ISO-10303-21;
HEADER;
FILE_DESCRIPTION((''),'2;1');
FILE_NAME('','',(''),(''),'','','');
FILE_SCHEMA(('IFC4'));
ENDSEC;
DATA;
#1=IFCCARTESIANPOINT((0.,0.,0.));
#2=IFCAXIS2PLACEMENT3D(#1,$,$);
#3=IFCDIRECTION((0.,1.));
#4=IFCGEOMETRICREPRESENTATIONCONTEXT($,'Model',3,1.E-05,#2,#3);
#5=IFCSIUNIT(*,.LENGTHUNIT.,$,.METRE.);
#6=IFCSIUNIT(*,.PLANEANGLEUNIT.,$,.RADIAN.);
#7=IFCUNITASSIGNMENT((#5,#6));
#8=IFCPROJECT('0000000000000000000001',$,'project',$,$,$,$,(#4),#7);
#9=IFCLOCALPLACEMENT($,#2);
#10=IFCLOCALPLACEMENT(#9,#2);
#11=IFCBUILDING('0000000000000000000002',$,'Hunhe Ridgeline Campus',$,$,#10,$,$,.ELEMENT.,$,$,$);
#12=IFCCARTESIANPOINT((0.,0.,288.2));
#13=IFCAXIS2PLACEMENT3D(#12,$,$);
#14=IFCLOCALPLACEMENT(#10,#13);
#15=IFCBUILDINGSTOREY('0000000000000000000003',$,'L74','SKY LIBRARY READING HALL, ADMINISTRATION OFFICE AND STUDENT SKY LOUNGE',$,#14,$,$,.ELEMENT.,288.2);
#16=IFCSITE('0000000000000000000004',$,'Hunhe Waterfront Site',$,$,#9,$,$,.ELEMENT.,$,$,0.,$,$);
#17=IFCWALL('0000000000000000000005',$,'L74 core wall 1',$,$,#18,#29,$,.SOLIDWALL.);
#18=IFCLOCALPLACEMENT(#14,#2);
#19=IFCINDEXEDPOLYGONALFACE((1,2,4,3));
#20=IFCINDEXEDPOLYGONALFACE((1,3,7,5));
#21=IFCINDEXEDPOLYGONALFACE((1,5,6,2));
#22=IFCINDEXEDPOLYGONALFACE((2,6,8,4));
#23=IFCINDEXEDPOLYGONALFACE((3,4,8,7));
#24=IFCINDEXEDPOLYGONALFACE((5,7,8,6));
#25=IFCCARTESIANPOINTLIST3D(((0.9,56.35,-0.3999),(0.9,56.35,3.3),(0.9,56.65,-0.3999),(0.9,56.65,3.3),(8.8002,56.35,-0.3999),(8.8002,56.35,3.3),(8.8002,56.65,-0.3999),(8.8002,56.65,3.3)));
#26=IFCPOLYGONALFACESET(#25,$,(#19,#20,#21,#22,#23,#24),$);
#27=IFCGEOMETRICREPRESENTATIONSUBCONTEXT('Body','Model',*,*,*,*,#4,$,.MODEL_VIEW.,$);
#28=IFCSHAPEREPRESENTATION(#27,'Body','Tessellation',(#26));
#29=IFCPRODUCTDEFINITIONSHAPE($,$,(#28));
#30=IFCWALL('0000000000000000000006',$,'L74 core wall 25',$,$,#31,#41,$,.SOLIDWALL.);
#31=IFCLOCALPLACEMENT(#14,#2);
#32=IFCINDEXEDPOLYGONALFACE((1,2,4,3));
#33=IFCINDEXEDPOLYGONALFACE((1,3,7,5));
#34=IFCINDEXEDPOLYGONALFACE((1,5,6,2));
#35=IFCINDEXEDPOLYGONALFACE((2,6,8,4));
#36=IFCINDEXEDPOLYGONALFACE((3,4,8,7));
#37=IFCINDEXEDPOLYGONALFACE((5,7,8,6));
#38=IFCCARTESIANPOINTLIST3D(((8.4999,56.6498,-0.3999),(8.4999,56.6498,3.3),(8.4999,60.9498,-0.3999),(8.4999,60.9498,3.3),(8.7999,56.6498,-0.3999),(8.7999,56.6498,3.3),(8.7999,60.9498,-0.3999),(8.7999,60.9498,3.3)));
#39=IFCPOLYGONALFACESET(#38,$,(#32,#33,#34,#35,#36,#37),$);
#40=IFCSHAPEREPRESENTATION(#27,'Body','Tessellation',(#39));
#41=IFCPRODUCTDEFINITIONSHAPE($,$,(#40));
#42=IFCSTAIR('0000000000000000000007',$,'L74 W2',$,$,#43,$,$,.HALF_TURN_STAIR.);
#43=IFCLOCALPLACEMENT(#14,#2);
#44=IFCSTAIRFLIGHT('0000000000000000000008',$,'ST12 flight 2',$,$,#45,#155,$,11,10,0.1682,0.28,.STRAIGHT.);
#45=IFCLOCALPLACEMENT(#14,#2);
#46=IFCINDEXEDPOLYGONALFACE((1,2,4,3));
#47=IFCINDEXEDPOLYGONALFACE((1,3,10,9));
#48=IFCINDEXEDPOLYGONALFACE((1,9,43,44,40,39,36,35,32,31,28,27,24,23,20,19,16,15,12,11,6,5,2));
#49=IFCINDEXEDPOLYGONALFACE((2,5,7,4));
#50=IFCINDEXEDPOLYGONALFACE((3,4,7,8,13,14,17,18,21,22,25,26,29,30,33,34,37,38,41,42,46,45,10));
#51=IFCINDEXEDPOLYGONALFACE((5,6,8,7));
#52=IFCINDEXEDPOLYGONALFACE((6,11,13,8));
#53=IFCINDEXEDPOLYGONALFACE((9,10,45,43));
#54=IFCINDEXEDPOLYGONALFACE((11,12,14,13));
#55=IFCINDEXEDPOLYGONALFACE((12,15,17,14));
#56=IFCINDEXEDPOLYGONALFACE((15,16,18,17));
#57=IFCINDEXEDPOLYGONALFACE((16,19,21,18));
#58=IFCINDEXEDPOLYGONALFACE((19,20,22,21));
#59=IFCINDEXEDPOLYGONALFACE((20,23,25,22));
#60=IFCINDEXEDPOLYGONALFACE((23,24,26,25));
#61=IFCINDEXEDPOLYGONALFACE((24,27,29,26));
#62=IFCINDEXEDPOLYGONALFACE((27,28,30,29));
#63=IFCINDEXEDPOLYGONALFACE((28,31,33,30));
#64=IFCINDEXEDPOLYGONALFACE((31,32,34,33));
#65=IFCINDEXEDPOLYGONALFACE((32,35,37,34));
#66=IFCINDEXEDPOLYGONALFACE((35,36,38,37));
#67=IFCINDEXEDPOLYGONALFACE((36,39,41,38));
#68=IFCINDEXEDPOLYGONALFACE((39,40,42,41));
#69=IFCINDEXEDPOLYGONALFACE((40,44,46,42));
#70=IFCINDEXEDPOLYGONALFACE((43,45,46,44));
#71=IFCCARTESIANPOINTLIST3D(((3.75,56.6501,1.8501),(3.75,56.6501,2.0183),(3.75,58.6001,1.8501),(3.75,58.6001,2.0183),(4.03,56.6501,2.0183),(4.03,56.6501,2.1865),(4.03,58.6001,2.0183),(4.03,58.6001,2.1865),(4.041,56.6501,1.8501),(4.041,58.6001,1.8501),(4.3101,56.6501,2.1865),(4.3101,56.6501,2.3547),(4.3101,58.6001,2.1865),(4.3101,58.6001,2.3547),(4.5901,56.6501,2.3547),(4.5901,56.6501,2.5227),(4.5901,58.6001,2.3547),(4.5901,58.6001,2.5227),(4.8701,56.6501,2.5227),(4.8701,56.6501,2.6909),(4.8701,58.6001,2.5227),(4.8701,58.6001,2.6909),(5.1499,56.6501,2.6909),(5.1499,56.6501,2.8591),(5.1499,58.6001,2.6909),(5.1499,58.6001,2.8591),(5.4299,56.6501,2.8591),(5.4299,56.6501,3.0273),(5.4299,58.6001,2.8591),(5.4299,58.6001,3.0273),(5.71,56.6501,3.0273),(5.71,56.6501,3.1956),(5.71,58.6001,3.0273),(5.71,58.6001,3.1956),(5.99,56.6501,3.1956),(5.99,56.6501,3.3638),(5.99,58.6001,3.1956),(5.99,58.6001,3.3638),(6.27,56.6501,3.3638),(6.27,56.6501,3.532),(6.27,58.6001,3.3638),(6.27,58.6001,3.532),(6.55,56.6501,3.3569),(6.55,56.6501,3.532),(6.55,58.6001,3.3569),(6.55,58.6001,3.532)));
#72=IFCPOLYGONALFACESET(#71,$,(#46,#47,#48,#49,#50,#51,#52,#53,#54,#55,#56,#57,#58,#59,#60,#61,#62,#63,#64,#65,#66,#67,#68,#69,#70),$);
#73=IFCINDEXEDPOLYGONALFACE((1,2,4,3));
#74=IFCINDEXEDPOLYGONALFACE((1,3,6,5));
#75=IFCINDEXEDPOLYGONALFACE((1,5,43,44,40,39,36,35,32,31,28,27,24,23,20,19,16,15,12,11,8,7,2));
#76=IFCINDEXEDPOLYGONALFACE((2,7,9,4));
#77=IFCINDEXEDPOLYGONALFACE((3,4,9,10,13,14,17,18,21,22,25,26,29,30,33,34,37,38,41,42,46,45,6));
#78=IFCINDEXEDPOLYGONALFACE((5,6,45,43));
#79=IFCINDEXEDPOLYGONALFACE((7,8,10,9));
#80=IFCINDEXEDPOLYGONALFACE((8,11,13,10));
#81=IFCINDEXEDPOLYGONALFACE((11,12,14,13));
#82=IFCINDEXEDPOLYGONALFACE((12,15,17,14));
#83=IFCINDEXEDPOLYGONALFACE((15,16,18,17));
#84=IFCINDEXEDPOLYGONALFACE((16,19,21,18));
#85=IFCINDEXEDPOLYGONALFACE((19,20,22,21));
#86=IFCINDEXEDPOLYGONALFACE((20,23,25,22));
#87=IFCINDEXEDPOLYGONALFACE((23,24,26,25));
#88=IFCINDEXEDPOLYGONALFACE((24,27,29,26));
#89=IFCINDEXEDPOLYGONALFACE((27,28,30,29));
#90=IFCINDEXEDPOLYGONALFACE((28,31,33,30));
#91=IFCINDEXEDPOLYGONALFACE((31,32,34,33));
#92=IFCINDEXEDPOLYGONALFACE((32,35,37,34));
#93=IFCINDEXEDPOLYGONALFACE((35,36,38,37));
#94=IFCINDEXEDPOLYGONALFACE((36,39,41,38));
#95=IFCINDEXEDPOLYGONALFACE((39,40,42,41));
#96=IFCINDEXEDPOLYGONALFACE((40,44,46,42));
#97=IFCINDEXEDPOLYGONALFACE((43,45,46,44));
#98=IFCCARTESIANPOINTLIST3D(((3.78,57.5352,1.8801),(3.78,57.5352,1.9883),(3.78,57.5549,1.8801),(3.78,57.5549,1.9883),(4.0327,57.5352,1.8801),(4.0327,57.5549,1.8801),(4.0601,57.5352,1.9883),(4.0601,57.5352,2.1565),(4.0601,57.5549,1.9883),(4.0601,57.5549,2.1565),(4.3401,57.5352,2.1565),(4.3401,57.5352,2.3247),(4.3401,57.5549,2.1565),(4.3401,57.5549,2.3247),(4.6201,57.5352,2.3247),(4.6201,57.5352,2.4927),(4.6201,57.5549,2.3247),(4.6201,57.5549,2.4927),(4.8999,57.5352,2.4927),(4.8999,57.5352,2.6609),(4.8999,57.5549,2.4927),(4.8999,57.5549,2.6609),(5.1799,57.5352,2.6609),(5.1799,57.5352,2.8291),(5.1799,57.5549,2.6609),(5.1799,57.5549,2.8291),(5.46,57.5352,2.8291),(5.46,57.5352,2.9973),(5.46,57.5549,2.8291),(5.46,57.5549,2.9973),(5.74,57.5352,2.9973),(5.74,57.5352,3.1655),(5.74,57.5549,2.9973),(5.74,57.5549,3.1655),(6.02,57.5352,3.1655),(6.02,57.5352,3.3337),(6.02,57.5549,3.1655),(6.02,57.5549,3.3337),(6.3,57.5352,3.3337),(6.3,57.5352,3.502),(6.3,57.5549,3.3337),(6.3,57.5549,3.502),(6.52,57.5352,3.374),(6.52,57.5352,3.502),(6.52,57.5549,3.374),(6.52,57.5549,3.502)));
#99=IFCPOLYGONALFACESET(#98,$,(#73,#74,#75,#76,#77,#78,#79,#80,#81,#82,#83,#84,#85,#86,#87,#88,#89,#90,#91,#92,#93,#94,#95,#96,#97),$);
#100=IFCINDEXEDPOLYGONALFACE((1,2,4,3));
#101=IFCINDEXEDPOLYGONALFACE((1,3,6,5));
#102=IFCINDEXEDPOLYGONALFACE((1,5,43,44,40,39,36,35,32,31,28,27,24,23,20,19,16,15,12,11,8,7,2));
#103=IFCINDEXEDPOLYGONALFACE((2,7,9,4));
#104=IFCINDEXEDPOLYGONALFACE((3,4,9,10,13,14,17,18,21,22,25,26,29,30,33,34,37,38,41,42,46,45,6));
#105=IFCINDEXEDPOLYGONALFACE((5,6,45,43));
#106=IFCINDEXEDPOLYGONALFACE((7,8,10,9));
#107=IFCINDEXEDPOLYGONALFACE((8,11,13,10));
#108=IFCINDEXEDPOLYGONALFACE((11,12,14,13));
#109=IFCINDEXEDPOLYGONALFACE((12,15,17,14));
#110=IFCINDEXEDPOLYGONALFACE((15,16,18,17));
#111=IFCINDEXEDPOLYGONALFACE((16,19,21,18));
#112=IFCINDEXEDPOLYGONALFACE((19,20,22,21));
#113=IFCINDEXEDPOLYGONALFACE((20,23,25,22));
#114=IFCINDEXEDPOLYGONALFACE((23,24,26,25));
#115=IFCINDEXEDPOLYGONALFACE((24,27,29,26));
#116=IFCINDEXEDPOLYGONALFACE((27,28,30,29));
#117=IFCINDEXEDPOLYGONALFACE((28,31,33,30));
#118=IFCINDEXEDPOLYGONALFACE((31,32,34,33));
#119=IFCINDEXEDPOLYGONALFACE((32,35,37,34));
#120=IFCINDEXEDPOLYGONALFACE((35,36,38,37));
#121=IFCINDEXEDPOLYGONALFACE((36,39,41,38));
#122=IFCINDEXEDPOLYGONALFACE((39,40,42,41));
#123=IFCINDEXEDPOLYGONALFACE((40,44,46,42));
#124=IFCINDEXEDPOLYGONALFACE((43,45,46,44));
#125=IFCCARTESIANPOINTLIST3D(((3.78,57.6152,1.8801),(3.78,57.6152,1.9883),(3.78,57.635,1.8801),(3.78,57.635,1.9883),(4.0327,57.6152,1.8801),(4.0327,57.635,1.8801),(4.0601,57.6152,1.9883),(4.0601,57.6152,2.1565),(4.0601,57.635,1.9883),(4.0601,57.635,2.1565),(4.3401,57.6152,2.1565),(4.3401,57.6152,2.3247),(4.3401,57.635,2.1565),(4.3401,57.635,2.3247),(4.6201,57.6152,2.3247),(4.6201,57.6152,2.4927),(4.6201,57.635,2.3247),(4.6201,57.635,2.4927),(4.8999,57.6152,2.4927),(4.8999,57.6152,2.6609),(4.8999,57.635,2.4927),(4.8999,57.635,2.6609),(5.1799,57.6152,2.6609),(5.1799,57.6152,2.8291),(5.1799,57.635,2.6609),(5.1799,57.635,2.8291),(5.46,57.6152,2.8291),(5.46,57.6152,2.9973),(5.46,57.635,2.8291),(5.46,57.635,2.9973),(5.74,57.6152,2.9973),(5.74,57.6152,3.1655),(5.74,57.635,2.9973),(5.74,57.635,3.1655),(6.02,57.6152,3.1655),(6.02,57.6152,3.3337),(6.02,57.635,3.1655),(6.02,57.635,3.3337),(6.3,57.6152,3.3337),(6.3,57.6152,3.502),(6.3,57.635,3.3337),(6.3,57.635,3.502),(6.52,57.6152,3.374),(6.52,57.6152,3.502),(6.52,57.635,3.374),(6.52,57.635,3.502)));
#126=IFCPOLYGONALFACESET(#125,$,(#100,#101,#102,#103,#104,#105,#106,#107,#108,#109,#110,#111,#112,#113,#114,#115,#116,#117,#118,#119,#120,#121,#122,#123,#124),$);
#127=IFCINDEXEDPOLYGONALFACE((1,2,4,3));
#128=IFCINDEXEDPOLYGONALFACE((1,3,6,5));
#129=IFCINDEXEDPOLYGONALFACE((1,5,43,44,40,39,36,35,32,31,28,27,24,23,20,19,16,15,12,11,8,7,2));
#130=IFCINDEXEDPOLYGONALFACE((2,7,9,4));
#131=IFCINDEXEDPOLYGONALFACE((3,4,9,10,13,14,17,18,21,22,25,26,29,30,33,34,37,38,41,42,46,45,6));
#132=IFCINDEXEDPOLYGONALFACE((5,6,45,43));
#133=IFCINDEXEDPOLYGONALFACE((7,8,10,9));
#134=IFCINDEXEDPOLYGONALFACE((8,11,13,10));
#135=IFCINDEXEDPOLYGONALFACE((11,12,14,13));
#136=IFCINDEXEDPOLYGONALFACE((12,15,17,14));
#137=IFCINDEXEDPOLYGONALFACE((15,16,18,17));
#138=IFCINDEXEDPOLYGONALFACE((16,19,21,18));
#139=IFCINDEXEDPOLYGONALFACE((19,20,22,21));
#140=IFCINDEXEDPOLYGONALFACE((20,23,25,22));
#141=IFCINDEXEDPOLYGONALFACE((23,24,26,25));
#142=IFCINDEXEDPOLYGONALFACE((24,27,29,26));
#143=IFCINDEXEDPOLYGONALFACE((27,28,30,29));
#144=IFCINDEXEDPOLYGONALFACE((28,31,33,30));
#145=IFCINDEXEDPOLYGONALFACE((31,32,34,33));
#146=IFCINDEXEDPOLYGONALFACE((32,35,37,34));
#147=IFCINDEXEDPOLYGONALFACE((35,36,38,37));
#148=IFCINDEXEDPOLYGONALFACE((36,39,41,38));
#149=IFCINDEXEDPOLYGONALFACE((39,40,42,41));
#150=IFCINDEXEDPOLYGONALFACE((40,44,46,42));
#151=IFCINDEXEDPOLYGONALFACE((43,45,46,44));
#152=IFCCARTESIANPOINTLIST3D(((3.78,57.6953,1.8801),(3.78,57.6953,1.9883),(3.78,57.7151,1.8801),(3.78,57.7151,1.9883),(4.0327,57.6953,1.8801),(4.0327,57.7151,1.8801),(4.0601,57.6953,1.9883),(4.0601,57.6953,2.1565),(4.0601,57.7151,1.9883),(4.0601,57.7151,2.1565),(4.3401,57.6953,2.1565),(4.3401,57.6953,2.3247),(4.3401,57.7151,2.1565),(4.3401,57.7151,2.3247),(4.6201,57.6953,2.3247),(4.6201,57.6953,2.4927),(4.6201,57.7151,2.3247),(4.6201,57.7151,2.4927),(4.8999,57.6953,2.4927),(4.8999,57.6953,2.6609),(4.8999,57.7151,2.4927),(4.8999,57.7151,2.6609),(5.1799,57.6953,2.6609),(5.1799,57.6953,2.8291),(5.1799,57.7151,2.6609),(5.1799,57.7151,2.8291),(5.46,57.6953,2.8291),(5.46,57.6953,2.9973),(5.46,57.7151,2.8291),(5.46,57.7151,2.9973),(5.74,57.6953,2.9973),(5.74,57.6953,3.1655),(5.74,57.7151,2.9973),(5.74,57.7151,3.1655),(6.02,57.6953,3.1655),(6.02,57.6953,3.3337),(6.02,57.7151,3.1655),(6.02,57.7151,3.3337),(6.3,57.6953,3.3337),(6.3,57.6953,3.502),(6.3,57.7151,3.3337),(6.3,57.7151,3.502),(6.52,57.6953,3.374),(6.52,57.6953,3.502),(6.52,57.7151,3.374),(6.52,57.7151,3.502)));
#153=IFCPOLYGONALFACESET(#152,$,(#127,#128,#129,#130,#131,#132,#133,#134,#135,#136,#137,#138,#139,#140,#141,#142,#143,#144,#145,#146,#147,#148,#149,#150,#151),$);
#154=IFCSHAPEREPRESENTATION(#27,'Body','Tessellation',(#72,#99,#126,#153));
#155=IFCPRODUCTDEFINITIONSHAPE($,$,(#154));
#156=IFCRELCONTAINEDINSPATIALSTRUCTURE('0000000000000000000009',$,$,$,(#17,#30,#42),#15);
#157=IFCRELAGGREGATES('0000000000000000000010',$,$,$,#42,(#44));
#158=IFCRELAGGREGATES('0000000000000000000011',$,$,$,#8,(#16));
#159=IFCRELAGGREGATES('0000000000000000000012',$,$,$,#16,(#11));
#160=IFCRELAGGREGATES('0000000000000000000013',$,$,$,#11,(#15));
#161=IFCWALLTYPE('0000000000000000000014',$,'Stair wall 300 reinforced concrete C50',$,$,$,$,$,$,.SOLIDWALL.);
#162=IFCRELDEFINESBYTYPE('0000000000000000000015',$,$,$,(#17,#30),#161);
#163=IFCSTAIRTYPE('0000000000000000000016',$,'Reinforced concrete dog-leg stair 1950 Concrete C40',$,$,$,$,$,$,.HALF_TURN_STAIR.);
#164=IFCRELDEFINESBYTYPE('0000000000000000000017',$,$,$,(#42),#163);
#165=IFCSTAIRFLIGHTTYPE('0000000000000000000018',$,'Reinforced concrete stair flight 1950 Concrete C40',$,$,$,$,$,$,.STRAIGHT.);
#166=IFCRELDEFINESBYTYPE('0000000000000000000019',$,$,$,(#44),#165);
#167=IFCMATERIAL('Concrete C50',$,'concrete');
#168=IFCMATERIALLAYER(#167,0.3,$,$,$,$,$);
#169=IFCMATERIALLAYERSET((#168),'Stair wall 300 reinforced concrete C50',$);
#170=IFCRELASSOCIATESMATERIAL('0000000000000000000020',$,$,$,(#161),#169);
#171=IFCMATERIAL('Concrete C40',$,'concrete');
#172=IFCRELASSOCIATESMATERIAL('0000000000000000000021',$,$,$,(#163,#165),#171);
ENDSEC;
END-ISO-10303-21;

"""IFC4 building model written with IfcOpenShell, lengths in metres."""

from ifc_helpers import new_model, si_unit, direction, frame, frame_2d, origin, place, context, subcontext, project, spatial, polyline, rectangle, outline, extrude, material, layer, layer_set, type_object, element, aggregate, save


model = new_model("IFC4")

# Units and contexts
model_context = context("Model", 3, precision=1e-05, world=origin(), true_north=direction((0.0, 1.0)))
body_context = subcontext(model_context, "Body", "Model", "MODEL_VIEW")
ifc_project = project(units=[si_unit("LENGTHUNIT", "METRE"), si_unit("PLANEANGLEUNIT", "RADIAN")], contexts=[model_context])

# Site, building, storey
site_placement = place(None, origin())
site = spatial("IfcSite", under=ifc_project, at=site_placement, Name="Hunhe Waterfront Site", CompositionType="ELEMENT", RefElevation=0.0)
building_placement = place(site_placement, origin())
building = spatial("IfcBuilding", under=site, at=building_placement, Name="Hunhe Ridgeline Campus", CompositionType="ELEMENT")
storey_placement = place(building_placement, frame((0.0, 0.0, 288.2)))
storey = spatial("IfcBuildingStorey", under=building, at=storey_placement, Name="L74", Description="SKY LIBRARY READING HALL, ADMINISTRATION OFFICE AND STUDENT SKY LOUNGE", CompositionType="ELEMENT", Elevation=288.2)

# Shared definitions
ifc_material_1 = material(Name="Concrete C50", Category="concrete")

# Walls
ifc_layer_1 = layer(ifc_material_1, 0.3)
ifc_layer_set_1 = layer_set([ifc_layer_1], Name="Stair wall 300 reinforced concrete C50")
wall_type_1 = type_object("IfcWallType", Name="Stair wall 300 reinforced concrete C50", PredefinedType="SOLIDWALL", material=ifc_layer_set_1)
wall_1_placement = place(storey_placement, frame((0.8999, 56.5, -0.3999), z_axis=(0.0, 0.0, 1.0), x_axis=(1.0, 0.0, 0.0)))
element("IfcWall", 1, at=wall_1_placement, inside=storey, type_object=wall_type_1, Name="L74 core wall 1", PredefinedType="SOLIDWALL", context=body_context, shape_type="SweptSolid", body=[
    extrude(rectangle(XDim=7.9001, YDim=0.3, at=frame_2d((3.9502, 0.0))), origin(), (0.0, 0.0, 1.0), 3.7),
])
wall_2_placement = place(storey_placement, frame((8.6499, 56.6499, -0.3999), z_axis=(0.0, 0.0, 1.0), x_axis=(0.0, 1.0, 0.0)))
element("IfcWall", 2, at=wall_2_placement, inside=storey, type_object=wall_type_1, Name="L74 core wall 25", PredefinedType="SOLIDWALL", context=body_context, shape_type="SweptSolid", body=[
    extrude(rectangle(XDim=4.3, YDim=0.3, at=frame_2d((2.1499, 0.0))), origin(), (0.0, 0.0, 1.0), 3.7),
])

# Stair, stair flight
ifc_material_2 = material(Name="Concrete C40", Category="concrete")
stair_type = type_object("IfcStairType", Name="Reinforced concrete dog-leg stair 1950 Concrete C40", PredefinedType="HALF_TURN_STAIR", material=ifc_material_2)
stair_placement = place(storey_placement, origin())
stair = element("IfcStair", 3, at=stair_placement, inside=storey, type_object=stair_type, Name="L74 W2", PredefinedType="HALF_TURN_STAIR")
stair_flight_type = type_object("IfcStairFlightType", Name="Reinforced concrete stair flight 1950 Concrete C40", PredefinedType="STRAIGHT", material=ifc_material_2)
stair_flight_placement = place(storey_placement, frame((3.75, 57.625, 1.8501), z_axis=(0.0, 0.0, 1.0), x_axis=(1.0, 0.0, 0.0)))
stair_flight = element("IfcStairFlight", 4, at=stair_flight_placement, type_object=stair_flight_type, Name="ST12 flight 2", NumberOfRisers=11, NumberOfTreads=10, PredefinedType="STRAIGHT", RiserHeight=0.1682, TreadLength=0.28, context=body_context, shape_type="SweptSolid", body=[
    extrude(outline(polyline([(0.0, 0.0), (0.0, 0.1682), (0.28, 0.1682), (0.28, 0.3364), (0.5601, 0.3364), (0.5601, 0.5046), (0.8401, 0.5046), (0.8401, 0.6726), (1.1201, 0.6726), (1.1201, 0.8408), (1.3999, 0.8408), (1.3999, 1.009), (1.6799, 1.009), (1.6799, 1.1772), (1.96, 1.1772), (1.96, 1.3455), (2.24, 1.3455), (2.24, 1.5137), (2.52, 1.5137), (2.52, 1.6819), (2.8, 1.6819), (2.8, 1.8501), (2.8, 1.5068), (0.291, 0.0), (0.0, 0.0)])), frame((0.0, 0.9751, 0.0), z_axis=(0.0, -1.0, 0.0), x_axis=(1.0, 0.0, 0.0)), (0.0, 0.0, 1.0), 1.95),
    extrude(outline(polyline([(0.03, 0.03), (0.03, 0.1382), (0.3101, 0.1382), (0.3101, 0.3064), (0.5901, 0.3064), (0.5901, 0.4746), (0.8701, 0.4746), (0.8701, 0.6426), (1.1499, 0.6426), (1.1499, 0.8108), (1.4299, 0.8108), (1.4299, 0.979), (1.71, 0.979), (1.71, 1.1472), (1.99, 1.1472), (1.99, 1.3154), (2.27, 1.3154), (2.27, 1.4836), (2.55, 1.4836), (2.55, 1.6519), (2.77, 1.6519), (2.77, 1.5239), (0.2827, 0.03), (0.03, 0.03)])), frame((0.0, -0.0701, 0.0), z_axis=(0.0, -1.0, 0.0), x_axis=(1.0, 0.0, 0.0)), (0.0, 0.0, 1.0), 0.0198),
    extrude(outline(polyline([(0.03, 0.03), (0.03, 0.1382), (0.3101, 0.1382), (0.3101, 0.3064), (0.5901, 0.3064), (0.5901, 0.4746), (0.8701, 0.4746), (0.8701, 0.6426), (1.1499, 0.6426), (1.1499, 0.8108), (1.4299, 0.8108), (1.4299, 0.979), (1.71, 0.979), (1.71, 1.1472), (1.99, 1.1472), (1.99, 1.3154), (2.27, 1.3154), (2.27, 1.4836), (2.55, 1.4836), (2.55, 1.6519), (2.77, 1.6519), (2.77, 1.5239), (0.2827, 0.03), (0.03, 0.03)])), frame((0.0, 0.01, 0.0), z_axis=(0.0, -1.0, 0.0), x_axis=(1.0, 0.0, 0.0)), (0.0, 0.0, 1.0), 0.0198),
    extrude(outline(polyline([(0.03, 0.03), (0.03, 0.1382), (0.3101, 0.1382), (0.3101, 0.3064), (0.5901, 0.3064), (0.5901, 0.4746), (0.8701, 0.4746), (0.8701, 0.6426), (1.1499, 0.6426), (1.1499, 0.8108), (1.4299, 0.8108), (1.4299, 0.979), (1.71, 0.979), (1.71, 1.1472), (1.99, 1.1472), (1.99, 1.3154), (2.27, 1.3154), (2.27, 1.4836), (2.55, 1.4836), (2.55, 1.6519), (2.77, 1.6519), (2.77, 1.5239), (0.2827, 0.03), (0.03, 0.03)])), frame((0.0, 0.0901, 0.0), z_axis=(0.0, -1.0, 0.0), x_axis=(1.0, 0.0, 0.0)), (0.0, 0.0, 1.0), 0.0198),
])
aggregate(stair, [stair_flight])

save(model, "model.ifc")
